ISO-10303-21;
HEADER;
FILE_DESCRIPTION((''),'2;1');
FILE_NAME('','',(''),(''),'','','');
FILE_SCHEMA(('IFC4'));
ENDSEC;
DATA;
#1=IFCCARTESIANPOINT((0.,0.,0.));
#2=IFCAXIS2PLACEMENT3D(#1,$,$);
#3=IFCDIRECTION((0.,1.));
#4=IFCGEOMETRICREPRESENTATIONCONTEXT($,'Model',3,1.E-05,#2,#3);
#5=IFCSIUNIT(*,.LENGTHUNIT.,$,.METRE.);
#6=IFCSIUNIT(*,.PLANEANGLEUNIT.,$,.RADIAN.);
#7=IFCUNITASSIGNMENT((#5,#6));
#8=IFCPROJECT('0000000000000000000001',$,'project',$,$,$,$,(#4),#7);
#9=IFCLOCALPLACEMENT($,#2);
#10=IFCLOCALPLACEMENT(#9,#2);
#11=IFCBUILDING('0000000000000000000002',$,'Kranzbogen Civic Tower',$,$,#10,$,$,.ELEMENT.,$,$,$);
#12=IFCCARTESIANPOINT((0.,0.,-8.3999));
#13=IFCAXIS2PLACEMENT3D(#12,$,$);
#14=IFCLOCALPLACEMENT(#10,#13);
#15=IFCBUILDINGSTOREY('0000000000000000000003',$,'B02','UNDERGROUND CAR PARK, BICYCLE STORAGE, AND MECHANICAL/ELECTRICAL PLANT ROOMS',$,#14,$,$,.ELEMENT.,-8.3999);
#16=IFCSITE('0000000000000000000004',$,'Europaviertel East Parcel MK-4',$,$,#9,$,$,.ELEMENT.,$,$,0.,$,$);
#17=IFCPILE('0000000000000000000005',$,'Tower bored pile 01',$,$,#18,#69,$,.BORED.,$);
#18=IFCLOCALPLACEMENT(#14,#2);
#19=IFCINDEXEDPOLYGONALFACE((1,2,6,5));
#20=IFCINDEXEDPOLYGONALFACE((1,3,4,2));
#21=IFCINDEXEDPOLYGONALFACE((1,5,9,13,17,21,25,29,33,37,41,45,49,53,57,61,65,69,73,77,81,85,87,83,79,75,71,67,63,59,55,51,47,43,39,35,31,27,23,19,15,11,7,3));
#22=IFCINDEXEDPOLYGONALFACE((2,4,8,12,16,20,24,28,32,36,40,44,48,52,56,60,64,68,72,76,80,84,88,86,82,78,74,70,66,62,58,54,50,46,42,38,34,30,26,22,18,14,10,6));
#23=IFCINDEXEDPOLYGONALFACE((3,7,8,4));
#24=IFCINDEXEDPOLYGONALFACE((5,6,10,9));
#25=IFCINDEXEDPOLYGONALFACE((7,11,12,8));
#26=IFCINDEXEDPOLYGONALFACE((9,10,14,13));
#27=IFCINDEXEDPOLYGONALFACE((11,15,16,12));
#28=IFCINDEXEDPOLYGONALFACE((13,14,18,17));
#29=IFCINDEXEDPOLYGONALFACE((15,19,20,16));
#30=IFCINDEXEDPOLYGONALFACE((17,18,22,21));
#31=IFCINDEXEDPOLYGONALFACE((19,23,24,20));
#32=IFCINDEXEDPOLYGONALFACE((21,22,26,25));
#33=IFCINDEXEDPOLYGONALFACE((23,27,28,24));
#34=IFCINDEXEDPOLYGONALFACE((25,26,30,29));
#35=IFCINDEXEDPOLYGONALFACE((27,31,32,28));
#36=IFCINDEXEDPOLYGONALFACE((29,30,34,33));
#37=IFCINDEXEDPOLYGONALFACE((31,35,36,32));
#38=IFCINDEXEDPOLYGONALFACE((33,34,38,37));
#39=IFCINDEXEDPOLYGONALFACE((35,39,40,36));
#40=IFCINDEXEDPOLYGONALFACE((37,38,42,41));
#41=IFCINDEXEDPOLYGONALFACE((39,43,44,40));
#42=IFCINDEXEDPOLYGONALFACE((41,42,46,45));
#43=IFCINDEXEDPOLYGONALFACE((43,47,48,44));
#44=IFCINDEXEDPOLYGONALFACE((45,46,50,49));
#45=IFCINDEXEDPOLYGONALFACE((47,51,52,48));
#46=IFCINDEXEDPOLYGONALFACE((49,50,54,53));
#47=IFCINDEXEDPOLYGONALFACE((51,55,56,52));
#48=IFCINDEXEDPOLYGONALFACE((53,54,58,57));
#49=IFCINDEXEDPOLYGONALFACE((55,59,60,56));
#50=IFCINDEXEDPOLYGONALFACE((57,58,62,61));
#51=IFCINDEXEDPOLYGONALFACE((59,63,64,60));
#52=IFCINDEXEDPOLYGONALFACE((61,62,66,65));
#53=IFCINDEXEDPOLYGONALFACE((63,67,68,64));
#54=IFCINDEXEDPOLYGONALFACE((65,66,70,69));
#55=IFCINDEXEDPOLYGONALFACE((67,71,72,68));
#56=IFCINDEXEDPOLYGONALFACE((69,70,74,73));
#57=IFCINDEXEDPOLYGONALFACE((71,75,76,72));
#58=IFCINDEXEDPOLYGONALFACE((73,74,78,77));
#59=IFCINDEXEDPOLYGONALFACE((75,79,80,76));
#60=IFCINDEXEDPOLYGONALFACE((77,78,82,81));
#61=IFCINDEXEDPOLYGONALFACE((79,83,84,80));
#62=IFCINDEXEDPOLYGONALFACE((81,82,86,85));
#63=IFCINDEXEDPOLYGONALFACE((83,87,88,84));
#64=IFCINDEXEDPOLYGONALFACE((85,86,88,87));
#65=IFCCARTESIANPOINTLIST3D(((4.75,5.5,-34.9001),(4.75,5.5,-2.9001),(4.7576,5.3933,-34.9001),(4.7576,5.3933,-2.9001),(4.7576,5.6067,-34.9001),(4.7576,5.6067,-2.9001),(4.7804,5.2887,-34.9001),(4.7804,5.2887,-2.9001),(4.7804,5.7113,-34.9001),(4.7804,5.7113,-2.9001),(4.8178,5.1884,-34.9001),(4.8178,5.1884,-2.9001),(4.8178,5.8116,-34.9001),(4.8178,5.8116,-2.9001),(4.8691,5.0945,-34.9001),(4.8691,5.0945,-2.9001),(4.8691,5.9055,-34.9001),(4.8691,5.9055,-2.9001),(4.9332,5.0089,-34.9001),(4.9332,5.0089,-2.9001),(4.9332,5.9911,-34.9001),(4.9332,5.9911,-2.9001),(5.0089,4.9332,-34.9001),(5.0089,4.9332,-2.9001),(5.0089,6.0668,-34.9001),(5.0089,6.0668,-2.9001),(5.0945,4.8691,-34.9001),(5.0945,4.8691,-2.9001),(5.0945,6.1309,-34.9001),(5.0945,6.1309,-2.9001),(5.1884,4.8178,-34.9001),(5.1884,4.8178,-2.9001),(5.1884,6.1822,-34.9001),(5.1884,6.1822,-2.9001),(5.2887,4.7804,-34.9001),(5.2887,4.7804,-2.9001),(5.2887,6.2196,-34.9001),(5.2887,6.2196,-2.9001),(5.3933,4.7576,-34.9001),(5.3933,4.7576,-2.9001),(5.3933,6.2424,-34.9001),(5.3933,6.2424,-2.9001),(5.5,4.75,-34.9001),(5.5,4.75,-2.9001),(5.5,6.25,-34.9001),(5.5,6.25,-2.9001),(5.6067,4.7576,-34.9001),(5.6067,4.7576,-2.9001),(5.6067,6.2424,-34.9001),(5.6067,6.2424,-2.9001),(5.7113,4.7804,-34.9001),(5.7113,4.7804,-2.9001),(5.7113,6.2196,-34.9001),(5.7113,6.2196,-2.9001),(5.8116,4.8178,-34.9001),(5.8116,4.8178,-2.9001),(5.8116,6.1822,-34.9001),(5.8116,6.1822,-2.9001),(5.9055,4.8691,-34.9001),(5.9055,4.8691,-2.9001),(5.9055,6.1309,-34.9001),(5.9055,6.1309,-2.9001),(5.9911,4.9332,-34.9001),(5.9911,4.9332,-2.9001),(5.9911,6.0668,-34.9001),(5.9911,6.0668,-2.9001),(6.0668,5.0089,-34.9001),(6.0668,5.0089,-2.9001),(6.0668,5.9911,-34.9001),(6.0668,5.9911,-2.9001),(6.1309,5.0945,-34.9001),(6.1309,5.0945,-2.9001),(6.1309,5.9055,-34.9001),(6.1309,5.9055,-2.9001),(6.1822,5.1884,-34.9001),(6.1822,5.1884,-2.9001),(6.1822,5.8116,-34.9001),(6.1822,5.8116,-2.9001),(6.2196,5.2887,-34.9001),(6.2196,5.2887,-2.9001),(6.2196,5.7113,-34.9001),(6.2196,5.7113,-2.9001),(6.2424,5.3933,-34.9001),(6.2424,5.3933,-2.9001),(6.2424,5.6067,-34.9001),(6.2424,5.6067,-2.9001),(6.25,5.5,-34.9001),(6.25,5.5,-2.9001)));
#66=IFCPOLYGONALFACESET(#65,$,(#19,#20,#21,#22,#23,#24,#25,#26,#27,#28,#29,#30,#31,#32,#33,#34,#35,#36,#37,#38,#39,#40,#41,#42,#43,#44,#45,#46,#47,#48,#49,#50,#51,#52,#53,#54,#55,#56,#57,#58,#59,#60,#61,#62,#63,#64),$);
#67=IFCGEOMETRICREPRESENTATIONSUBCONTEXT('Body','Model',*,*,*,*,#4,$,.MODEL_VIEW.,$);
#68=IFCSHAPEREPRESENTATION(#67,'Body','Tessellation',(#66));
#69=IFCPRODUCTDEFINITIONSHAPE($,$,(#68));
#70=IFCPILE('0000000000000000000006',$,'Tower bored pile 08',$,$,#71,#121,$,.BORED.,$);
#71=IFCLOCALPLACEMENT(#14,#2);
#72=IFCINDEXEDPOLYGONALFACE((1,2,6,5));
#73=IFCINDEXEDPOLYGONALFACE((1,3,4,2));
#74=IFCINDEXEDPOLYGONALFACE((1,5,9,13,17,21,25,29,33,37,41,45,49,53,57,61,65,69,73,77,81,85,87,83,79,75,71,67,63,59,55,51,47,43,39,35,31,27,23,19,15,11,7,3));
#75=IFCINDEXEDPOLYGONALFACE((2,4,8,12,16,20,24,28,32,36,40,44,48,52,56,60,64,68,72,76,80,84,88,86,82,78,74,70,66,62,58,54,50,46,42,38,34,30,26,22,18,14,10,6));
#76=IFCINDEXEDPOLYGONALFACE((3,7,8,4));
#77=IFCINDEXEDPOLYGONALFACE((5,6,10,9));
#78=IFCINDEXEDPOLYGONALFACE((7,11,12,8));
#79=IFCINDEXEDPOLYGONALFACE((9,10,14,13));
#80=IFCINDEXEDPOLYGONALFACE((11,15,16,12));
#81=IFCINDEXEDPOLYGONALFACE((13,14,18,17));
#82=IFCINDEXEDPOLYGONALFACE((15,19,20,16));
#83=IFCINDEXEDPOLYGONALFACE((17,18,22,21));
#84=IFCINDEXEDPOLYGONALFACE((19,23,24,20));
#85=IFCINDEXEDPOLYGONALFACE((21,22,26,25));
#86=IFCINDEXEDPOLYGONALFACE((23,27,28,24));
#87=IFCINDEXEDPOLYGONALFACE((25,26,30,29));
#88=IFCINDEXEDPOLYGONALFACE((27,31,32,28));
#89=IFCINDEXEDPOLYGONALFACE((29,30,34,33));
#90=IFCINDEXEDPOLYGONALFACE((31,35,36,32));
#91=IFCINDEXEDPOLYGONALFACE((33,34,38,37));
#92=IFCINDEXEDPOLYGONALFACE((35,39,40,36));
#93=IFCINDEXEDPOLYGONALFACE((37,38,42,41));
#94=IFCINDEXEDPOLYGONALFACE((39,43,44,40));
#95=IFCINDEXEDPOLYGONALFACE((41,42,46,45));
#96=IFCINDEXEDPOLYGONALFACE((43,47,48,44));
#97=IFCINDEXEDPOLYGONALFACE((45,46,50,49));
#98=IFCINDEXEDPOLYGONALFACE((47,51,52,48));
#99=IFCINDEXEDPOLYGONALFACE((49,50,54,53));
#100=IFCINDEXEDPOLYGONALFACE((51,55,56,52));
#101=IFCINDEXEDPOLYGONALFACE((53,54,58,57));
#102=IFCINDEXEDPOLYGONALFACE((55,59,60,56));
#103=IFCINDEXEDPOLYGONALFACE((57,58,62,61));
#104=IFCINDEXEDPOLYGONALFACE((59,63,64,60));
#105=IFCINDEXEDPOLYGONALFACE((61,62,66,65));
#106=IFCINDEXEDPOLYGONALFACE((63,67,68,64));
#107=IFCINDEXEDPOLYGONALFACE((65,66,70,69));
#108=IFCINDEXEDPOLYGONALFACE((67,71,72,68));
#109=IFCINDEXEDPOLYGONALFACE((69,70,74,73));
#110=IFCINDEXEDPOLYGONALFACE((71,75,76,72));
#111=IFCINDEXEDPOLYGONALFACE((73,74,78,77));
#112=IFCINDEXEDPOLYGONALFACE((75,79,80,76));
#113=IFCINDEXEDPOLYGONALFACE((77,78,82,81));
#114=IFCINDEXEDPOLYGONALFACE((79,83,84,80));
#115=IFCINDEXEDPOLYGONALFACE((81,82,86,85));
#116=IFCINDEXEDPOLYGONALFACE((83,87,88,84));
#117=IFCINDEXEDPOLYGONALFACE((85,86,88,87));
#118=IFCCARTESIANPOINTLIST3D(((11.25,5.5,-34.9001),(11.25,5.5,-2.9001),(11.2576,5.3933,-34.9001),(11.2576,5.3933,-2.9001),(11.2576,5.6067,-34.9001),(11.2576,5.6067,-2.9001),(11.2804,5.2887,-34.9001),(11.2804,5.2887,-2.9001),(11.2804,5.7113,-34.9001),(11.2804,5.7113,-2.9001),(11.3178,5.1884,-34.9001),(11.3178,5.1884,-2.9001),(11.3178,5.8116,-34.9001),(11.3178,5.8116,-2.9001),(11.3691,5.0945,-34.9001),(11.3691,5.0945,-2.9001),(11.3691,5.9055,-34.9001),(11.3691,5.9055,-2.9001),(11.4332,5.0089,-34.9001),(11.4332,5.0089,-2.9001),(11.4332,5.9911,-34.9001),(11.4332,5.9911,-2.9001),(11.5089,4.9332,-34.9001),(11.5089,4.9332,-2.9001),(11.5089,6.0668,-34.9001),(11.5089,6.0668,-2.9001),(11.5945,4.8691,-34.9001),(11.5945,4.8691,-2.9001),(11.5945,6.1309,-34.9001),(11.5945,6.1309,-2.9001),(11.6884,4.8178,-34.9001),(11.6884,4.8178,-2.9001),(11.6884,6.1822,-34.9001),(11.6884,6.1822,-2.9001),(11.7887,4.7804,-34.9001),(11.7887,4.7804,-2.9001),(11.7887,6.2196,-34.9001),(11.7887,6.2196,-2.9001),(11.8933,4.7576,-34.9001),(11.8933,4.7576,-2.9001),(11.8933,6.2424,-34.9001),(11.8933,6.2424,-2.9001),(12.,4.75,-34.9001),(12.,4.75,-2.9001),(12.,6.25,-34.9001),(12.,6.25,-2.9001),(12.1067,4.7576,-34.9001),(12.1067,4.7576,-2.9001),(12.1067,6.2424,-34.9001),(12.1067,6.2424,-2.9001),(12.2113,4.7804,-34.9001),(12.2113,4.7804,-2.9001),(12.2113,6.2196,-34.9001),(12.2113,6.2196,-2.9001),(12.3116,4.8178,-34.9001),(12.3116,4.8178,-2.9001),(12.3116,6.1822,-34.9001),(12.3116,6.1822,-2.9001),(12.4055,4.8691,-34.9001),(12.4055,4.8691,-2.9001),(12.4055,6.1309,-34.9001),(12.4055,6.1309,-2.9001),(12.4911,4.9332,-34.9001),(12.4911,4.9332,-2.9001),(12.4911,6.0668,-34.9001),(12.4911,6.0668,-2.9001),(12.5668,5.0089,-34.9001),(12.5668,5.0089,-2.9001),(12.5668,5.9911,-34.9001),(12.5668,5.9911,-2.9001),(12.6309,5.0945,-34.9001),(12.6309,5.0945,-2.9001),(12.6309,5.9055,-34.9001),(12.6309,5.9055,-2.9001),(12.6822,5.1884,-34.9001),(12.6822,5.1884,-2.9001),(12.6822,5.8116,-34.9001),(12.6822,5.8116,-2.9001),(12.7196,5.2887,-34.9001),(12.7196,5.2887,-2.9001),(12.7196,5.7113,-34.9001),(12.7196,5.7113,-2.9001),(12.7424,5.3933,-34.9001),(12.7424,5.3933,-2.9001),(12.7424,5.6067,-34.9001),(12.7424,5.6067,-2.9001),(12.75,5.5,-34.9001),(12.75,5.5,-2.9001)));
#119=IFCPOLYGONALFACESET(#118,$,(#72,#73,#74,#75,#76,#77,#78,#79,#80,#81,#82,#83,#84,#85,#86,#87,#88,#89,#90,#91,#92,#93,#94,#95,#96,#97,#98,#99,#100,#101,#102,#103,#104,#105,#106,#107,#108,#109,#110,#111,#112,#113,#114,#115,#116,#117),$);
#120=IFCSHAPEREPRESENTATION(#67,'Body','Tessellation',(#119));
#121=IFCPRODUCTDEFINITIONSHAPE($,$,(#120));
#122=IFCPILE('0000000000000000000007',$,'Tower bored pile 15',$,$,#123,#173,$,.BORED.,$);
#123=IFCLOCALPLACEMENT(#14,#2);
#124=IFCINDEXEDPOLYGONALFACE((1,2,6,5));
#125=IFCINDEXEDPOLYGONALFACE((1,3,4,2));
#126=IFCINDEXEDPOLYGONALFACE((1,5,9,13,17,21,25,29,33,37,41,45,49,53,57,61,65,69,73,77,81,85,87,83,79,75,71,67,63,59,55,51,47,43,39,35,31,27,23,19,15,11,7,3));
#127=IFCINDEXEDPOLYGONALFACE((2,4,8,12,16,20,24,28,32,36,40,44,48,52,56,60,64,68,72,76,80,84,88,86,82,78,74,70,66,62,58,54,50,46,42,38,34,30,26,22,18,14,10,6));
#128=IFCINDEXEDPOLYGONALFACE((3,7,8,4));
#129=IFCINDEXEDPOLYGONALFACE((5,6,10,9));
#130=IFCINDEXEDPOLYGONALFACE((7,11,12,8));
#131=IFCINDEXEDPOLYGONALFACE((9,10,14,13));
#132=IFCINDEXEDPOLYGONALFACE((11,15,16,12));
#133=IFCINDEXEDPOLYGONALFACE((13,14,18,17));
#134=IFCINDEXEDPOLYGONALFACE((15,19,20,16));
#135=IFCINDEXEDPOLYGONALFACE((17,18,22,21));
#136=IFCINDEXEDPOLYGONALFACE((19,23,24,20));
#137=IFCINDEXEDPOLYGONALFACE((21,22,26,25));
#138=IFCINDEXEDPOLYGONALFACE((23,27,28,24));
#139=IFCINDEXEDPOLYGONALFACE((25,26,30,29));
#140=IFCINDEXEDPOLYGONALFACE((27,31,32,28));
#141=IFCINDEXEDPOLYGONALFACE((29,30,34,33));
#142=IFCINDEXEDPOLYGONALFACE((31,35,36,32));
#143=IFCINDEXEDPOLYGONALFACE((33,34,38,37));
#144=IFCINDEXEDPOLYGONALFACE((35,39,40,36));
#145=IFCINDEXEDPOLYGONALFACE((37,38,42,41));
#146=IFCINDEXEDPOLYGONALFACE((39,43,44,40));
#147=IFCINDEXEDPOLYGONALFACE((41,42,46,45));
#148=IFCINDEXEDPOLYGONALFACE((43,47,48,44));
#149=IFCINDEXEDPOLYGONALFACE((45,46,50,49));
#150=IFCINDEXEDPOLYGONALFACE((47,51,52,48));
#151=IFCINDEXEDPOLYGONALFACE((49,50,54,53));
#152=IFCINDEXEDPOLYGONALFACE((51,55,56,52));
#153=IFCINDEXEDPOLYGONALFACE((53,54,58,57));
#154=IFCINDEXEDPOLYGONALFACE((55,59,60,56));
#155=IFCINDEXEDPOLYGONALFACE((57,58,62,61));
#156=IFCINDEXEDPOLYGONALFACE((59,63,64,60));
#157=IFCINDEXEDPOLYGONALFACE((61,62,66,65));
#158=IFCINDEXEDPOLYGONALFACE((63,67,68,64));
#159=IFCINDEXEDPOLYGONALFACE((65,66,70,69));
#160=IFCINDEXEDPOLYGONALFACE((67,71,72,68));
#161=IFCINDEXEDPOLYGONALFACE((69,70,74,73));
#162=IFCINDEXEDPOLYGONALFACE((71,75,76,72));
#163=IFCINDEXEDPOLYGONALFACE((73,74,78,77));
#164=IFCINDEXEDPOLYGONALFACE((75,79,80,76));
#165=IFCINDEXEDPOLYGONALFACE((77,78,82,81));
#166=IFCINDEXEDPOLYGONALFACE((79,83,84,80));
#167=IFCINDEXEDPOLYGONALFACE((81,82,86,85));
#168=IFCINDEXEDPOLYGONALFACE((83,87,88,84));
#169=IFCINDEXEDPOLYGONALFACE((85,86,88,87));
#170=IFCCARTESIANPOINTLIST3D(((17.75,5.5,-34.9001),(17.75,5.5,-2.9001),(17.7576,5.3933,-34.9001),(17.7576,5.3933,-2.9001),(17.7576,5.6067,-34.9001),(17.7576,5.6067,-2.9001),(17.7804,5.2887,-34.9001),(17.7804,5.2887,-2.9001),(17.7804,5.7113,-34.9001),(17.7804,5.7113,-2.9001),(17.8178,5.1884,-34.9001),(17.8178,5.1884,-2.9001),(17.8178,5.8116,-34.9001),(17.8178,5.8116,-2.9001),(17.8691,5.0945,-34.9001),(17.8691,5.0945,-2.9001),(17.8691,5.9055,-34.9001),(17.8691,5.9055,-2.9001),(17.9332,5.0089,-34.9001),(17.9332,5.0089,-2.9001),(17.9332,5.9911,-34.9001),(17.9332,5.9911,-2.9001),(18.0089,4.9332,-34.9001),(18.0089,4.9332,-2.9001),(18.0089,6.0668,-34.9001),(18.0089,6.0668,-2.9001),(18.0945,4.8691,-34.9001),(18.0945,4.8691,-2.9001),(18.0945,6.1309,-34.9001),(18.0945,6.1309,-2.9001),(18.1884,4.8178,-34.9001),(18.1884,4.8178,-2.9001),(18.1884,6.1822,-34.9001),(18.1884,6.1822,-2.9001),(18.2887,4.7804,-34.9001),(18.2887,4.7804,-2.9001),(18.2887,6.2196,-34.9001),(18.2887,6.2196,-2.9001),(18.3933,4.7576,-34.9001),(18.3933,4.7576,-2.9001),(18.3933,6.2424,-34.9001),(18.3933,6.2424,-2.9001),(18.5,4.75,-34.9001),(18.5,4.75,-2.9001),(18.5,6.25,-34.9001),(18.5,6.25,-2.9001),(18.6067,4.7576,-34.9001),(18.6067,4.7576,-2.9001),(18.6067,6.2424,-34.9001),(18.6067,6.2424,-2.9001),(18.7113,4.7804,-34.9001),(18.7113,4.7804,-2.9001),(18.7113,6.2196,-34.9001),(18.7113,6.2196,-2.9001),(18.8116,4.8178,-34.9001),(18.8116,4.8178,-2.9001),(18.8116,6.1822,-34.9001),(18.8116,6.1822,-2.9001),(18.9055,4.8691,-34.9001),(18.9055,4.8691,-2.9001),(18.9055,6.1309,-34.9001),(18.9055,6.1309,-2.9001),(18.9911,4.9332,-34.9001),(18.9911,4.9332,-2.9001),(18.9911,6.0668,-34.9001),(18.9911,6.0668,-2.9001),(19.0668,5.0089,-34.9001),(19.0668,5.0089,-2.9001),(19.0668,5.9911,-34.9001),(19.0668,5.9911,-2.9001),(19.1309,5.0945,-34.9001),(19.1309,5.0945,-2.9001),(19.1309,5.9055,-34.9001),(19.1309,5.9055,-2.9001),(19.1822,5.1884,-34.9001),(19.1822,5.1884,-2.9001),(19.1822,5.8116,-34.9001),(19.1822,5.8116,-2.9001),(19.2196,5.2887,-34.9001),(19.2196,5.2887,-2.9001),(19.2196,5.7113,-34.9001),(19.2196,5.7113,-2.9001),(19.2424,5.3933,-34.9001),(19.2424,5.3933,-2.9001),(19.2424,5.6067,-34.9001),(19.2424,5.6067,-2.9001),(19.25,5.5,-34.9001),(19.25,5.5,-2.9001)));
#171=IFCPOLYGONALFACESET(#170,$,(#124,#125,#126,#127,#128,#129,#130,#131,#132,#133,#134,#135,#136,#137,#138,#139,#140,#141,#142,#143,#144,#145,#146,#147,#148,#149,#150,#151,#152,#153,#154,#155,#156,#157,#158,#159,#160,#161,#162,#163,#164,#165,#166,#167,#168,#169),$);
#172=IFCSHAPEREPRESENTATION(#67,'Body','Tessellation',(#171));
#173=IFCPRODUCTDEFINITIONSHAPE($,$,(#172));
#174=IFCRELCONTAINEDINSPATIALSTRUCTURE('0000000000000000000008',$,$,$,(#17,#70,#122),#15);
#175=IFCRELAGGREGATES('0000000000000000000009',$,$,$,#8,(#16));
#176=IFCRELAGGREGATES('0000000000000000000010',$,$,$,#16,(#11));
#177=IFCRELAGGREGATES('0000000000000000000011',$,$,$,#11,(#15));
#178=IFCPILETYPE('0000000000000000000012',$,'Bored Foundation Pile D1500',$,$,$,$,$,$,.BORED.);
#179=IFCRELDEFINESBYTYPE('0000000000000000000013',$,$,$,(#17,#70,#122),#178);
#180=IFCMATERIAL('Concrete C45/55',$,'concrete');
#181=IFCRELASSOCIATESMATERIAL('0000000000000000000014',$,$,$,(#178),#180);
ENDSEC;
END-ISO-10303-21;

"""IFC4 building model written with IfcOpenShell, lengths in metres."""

from ifc_helpers import new_model, si_unit, direction, frame, origin, origin_2d, place, context, subcontext, project, spatial, circle, extrude, material, material_profile, profile_set, type_object, element, save


model = new_model("IFC4")

# Units and contexts
model_context = context("Model", 3, precision=1e-05, world=origin(), true_north=direction((0.0, 1.0)))
body_context = subcontext(model_context, "Body", "Model", "MODEL_VIEW")
ifc_project = project(units=[si_unit("LENGTHUNIT", "METRE"), si_unit("PLANEANGLEUNIT", "RADIAN")], contexts=[model_context])

# Site, building, storey
site_placement = place(None, origin())
site = spatial("IfcSite", under=ifc_project, at=site_placement, Name="Europaviertel East Parcel MK-4", CompositionType="ELEMENT", RefElevation=0.0)
building_placement = place(site_placement, origin())
building = spatial("IfcBuilding", under=site, at=building_placement, Name="Kranzbogen Civic Tower", CompositionType="ELEMENT")
storey_placement = place(building_placement, frame((0.0, 0.0, -8.3999)))
storey = spatial("IfcBuildingStorey", under=building, at=storey_placement, Name="B02", Description="UNDERGROUND CAR PARK, BICYCLE STORAGE, AND MECHANICAL/ELECTRICAL PLANT ROOMS", CompositionType="ELEMENT", Elevation=-8.3999)

# Piles
ifc_material_1 = material(Name="Concrete C45/55", Category="concrete")
ifc_material_profile_1 = material_profile(ifc_material_1, circle(Radius=0.75, at=origin_2d()), Name="PILE D1500")
ifc_profile_set_1 = profile_set([ifc_material_profile_1], Name="Concrete C45/55")
pile_type = type_object("IfcPileType", Name="Bored Foundation Pile D1500", PredefinedType="BORED", material=ifc_profile_set_1)
for number, where, z_axis, x_axis, name in (
    (1, (5.5, 5.5, -2.9001), (0.0, 0.0, -1.0), (1.0, 0.0, 0.0), "Tower bored pile 01"),
    (2, (12.0, 5.5, -2.9001), (0.0, 0.0, -1.0), (1.0, 0.0, 0.0), "Tower bored pile 08"),
    (3, (18.5, 5.5, -2.9001), (0.0, 0.0, -1.0), (1.0, 0.0, 0.0), "Tower bored pile 15"),
):
    element("IfcPile", number, at=place(storey_placement, frame(where, z_axis=z_axis, x_axis=x_axis)), inside=storey, type_object=pile_type, Name=name, PredefinedType="BORED", context=body_context, shape_type="SweptSolid", body=[
        extrude(circle(Radius=0.75, at=origin_2d()), origin(), (0.0, 0.0, 1.0), 32.0),
    ])

save(model, "model.ifc")
